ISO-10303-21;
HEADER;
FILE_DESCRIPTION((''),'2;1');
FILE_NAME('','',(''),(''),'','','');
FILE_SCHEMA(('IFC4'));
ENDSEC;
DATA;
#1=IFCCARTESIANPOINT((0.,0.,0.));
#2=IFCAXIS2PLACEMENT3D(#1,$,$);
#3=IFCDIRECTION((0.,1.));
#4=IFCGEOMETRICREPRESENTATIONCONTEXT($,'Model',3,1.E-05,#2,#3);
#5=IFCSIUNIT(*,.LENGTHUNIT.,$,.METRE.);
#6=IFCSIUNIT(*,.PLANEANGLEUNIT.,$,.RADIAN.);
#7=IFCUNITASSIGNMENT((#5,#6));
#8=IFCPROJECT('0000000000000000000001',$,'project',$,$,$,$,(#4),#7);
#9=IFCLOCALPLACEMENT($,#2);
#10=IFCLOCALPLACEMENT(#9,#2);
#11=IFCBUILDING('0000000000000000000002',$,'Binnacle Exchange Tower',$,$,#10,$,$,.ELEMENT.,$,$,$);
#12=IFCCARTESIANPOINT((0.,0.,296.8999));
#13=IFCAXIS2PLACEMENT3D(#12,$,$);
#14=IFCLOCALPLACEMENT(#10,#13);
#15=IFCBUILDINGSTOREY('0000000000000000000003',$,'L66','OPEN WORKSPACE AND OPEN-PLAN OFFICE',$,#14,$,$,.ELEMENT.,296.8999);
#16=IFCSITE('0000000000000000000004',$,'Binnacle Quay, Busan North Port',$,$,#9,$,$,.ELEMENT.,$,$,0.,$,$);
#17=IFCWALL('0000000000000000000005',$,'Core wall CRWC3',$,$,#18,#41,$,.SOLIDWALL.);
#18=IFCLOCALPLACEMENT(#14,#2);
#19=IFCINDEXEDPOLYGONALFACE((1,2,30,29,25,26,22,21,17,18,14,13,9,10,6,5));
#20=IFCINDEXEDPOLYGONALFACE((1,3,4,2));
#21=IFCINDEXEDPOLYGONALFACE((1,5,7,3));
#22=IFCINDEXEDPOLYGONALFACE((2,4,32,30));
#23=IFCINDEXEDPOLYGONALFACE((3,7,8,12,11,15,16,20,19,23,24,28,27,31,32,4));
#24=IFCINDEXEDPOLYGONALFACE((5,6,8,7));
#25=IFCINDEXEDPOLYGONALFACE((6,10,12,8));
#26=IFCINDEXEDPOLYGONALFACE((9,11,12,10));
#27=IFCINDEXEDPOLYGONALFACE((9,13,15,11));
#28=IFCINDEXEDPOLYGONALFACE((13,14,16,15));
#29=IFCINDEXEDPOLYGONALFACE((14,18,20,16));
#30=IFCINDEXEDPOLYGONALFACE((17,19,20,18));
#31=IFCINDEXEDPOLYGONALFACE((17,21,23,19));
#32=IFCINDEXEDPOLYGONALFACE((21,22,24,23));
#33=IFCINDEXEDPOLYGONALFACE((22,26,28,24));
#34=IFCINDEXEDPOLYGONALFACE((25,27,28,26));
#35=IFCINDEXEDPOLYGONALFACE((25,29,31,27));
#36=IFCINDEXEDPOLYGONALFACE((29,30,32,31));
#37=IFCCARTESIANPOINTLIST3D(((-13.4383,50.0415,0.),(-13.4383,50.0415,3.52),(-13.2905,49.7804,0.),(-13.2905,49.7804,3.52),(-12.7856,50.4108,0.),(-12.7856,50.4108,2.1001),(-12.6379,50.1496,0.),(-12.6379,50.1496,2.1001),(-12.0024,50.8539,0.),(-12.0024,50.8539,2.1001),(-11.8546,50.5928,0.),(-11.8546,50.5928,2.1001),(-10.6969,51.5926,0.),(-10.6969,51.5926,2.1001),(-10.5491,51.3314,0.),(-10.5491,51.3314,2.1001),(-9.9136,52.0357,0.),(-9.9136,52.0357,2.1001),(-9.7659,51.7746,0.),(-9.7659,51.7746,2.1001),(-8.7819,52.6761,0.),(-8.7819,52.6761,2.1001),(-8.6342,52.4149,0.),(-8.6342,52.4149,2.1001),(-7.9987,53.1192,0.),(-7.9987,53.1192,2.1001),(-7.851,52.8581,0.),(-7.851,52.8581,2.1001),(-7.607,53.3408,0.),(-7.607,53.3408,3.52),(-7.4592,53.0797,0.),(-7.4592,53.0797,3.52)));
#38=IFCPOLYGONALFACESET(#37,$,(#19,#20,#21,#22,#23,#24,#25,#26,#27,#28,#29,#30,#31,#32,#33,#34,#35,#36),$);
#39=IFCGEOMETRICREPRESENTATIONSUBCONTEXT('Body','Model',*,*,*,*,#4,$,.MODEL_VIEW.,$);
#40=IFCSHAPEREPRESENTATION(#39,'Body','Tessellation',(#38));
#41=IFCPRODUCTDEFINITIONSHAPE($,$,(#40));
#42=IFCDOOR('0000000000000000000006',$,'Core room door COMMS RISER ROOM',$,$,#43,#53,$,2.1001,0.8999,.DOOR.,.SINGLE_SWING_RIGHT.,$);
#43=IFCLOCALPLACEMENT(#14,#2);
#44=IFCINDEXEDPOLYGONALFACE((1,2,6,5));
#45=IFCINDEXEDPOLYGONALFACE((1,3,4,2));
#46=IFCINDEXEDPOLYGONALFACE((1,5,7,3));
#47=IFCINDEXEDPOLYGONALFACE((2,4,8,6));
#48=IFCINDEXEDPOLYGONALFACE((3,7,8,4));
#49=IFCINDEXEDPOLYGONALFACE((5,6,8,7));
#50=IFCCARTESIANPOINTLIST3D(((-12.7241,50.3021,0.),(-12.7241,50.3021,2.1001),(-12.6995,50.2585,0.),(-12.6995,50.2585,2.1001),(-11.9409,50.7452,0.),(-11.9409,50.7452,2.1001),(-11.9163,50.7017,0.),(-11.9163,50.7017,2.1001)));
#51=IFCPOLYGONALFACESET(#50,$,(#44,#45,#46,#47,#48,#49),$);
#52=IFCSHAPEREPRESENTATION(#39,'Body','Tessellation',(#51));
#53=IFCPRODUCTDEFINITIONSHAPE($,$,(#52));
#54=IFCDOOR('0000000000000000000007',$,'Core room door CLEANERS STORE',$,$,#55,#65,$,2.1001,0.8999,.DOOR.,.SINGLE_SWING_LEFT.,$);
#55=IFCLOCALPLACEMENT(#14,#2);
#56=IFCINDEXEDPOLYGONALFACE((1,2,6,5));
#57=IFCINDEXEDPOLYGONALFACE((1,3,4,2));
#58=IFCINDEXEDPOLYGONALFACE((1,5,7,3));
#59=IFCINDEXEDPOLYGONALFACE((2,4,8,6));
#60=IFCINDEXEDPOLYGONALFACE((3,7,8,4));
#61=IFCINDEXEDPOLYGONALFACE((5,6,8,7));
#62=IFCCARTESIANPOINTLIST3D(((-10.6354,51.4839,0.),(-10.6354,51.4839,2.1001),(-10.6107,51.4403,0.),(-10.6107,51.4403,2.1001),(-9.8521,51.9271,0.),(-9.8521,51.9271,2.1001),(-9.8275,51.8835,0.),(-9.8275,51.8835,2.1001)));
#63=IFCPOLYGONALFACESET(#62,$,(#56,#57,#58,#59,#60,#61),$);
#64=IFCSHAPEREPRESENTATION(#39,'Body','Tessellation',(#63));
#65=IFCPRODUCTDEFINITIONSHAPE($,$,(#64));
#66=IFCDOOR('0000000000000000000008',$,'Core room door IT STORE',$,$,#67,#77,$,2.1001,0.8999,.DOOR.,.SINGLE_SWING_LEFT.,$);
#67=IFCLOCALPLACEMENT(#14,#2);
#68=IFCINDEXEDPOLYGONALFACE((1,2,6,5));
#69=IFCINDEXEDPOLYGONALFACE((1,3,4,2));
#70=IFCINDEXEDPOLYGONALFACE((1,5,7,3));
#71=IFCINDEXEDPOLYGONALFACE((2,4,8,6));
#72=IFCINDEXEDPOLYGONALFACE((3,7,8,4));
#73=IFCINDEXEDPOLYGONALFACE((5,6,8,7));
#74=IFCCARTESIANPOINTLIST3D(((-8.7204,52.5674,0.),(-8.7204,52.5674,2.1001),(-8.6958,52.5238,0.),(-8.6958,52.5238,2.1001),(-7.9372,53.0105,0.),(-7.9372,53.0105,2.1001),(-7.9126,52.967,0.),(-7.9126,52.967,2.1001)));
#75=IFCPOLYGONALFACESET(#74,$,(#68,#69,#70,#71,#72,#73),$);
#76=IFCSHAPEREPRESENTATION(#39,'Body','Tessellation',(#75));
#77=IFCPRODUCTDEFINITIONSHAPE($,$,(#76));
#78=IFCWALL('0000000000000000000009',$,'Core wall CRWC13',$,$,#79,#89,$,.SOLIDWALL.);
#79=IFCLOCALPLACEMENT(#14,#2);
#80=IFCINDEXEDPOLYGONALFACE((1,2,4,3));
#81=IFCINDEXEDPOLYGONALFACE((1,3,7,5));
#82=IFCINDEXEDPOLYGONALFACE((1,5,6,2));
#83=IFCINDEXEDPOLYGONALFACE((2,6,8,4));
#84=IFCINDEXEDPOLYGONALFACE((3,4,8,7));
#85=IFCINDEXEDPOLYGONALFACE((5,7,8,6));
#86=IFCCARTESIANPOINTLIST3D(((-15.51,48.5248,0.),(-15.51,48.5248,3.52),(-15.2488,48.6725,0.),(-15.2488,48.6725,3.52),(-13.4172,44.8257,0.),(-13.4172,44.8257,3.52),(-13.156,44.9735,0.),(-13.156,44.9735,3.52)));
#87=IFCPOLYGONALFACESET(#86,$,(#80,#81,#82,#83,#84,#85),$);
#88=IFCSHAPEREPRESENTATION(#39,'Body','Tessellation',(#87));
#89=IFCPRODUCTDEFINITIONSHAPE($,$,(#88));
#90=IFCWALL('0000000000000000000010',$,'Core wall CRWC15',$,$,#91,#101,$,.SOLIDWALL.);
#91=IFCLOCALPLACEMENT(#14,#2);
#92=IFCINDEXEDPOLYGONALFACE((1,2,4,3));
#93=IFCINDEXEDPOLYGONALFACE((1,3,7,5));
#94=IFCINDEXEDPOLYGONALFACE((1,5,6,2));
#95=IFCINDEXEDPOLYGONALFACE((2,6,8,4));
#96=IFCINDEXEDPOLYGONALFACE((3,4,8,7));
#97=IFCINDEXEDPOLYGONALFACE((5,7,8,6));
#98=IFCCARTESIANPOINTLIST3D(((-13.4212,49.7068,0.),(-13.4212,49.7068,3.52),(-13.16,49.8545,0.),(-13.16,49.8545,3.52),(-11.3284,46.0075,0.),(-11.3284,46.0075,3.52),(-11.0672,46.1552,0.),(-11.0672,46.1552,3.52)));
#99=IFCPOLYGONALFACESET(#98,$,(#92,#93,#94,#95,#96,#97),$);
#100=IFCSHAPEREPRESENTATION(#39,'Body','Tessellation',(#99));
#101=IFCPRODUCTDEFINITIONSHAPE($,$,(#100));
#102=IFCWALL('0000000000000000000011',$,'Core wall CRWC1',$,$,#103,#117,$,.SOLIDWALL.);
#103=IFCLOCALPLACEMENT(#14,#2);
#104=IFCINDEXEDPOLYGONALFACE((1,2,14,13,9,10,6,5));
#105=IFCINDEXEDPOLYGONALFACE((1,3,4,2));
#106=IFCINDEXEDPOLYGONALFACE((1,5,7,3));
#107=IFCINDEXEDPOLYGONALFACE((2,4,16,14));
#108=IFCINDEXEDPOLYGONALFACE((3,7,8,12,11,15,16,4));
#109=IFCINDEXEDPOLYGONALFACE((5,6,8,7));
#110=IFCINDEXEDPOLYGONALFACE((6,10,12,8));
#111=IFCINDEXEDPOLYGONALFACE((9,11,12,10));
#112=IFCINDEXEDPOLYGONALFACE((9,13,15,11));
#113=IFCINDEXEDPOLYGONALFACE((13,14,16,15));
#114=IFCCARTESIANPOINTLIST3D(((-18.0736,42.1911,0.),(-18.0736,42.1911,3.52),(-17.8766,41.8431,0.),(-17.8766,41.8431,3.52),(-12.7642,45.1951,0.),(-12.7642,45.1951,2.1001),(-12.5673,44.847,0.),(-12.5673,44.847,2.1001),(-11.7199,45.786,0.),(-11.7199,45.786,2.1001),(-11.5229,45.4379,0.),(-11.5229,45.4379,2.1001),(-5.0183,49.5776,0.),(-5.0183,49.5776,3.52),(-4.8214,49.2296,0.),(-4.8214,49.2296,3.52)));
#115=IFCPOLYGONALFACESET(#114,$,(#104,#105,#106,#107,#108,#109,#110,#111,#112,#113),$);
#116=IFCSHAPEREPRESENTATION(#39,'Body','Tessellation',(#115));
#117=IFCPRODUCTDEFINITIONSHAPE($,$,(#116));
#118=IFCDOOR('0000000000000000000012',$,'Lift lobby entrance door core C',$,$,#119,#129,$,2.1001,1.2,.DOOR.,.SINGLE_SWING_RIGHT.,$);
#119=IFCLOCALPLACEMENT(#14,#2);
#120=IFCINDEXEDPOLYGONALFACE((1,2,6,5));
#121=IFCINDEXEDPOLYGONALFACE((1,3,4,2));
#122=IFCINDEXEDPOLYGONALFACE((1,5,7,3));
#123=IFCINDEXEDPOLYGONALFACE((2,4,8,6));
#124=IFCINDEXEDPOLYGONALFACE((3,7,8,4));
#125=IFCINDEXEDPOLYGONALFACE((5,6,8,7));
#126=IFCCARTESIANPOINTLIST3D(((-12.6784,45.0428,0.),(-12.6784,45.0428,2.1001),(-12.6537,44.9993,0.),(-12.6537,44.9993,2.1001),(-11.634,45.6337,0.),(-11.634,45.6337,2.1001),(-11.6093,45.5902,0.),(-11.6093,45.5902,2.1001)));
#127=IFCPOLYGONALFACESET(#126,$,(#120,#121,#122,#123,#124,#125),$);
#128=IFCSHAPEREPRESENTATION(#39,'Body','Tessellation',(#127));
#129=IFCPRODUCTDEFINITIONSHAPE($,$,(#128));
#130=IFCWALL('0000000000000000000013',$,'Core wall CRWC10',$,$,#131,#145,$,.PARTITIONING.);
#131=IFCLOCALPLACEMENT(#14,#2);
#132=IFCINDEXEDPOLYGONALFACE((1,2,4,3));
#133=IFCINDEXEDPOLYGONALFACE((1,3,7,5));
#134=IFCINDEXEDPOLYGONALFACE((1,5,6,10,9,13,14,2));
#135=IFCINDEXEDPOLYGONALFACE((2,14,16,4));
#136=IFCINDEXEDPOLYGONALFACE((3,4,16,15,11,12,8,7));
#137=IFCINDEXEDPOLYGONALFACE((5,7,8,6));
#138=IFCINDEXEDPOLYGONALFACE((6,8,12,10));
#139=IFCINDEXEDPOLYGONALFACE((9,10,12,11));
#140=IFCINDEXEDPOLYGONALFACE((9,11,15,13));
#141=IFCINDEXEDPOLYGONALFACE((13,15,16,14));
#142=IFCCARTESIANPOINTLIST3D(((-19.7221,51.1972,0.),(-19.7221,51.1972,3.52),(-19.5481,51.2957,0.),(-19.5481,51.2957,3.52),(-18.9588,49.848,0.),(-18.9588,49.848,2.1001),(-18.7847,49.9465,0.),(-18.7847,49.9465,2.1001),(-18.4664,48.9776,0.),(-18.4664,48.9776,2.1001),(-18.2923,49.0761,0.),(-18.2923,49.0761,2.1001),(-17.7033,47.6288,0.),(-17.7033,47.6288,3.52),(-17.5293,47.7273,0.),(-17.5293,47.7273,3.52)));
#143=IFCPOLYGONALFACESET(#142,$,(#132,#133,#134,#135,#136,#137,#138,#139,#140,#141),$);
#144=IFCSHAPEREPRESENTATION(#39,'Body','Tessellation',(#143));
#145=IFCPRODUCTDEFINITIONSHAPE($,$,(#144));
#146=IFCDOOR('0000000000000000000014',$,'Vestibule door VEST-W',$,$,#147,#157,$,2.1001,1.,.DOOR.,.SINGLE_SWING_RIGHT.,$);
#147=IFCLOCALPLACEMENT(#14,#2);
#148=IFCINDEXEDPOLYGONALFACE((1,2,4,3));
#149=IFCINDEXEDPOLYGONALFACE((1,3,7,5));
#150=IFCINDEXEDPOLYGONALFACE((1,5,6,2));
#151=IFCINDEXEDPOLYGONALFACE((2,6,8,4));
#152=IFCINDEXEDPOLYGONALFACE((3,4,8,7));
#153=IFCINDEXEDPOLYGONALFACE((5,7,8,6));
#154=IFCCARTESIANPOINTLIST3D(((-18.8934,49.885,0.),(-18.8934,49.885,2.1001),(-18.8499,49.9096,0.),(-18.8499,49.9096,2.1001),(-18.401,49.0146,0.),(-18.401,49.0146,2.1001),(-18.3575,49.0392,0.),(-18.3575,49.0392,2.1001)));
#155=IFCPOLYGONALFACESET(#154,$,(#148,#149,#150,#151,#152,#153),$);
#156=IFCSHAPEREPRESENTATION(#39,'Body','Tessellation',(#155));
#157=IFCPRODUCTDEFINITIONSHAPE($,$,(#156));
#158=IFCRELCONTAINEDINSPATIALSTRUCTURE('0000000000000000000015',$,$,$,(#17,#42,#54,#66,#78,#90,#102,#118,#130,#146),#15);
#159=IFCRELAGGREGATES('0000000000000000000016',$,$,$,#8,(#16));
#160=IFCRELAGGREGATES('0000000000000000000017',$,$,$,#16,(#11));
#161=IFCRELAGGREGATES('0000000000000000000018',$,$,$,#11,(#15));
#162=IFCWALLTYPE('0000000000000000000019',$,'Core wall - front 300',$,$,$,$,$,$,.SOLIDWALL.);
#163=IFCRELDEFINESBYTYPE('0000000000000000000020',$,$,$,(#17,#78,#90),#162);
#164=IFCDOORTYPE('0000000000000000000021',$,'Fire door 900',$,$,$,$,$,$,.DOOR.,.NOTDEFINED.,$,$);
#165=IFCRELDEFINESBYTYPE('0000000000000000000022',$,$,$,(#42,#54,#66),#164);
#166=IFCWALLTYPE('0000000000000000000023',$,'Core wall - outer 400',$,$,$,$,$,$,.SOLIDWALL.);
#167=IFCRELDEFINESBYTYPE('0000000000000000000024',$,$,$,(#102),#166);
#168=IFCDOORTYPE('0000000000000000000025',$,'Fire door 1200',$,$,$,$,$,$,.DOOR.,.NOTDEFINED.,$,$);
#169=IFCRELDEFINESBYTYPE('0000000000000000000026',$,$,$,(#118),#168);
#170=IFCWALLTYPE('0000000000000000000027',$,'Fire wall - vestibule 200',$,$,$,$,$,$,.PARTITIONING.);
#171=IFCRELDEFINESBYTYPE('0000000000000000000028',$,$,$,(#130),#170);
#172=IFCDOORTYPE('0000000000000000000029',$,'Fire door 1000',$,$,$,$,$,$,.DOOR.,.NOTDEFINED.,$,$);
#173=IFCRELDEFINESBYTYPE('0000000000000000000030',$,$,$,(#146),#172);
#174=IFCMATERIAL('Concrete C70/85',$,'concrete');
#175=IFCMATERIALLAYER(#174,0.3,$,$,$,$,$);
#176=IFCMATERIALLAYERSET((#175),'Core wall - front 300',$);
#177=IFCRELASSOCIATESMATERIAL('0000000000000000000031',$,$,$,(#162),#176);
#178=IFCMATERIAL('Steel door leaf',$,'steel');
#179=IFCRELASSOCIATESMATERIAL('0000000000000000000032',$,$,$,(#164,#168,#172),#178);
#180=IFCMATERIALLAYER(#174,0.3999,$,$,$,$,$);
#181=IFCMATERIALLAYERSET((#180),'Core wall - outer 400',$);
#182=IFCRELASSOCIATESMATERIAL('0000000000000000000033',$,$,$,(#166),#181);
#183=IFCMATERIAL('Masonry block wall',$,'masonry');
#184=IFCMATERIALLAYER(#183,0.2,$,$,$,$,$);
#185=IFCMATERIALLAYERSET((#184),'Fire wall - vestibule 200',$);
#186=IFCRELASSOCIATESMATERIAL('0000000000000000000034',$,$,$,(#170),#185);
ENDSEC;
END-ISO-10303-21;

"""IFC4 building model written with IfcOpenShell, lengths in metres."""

from ifc_helpers import new_model, si_unit, direction, frame, frame_2d, origin, place, context, subcontext, project, spatial, rectangle, extrude, material, layer, layer_set, type_object, element, fill, save


model = new_model("IFC4")

# Units and contexts
model_context = context("Model", 3, precision=1e-05, world=origin(), true_north=direction((0.0, 1.0)))
body_context = subcontext(model_context, "Body", "Model", "MODEL_VIEW")
ifc_project = project(units=[si_unit("LENGTHUNIT", "METRE"), si_unit("PLANEANGLEUNIT", "RADIAN")], contexts=[model_context])

# Site, building, storey
site_placement = place(None, origin())
site = spatial("IfcSite", under=ifc_project, at=site_placement, Name="Binnacle Quay, Busan North Port", CompositionType="ELEMENT", RefElevation=0.0)
building_placement = place(site_placement, origin())
building = spatial("IfcBuilding", under=site, at=building_placement, Name="Binnacle Exchange Tower", CompositionType="ELEMENT")
storey_placement = place(building_placement, frame((0.0, 0.0, 296.8999)))
storey = spatial("IfcBuildingStorey", under=building, at=storey_placement, Name="L66", Description="OPEN WORKSPACE AND OPEN-PLAN OFFICE", CompositionType="ELEMENT", Elevation=296.8999)

# Wall, openings, doors
ifc_material_1 = material(Name="Concrete C70/85", Category="concrete")
ifc_layer_1 = layer(ifc_material_1, 0.3)
ifc_layer_set_1 = layer_set([ifc_layer_1], Name="Core wall - front 300")
wall_type_1 = type_object("IfcWallType", Name="Core wall - front 300", PredefinedType="SOLIDWALL", material=ifc_layer_set_1)
wall_1_placement = place(storey_placement, frame((-13.3645, 49.9109, 0.0), z_axis=(0.0, 0.0, 1.0), x_axis=(0.870348, 0.492438, 0.0)))
wall_1 = element("IfcWall", 1, at=wall_1_placement, inside=storey, type_object=wall_type_1, Name="Core wall CRWC3", PredefinedType="SOLIDWALL", context=body_context, shape_type="SweptSolid", body=[
    extrude(rectangle(XDim=6.7, YDim=0.3, at=frame_2d((3.3501, 0.0))), origin(), (0.0, 0.0, 1.0), 3.52),
])
opening_1_placement = place(wall_1_placement, frame((0.75, 0.0, 0.0)))
opening_1 = element("IfcOpeningElement", 2, at=opening_1_placement, cuts=wall_1, PredefinedType="OPENING", context=body_context, shape_type="SweptSolid", body=[
    extrude(rectangle(XDim=0.8999, YDim=2.1001, at=frame_2d((0.45, 1.05))), frame((0.0, 0.1599, 0.0), z_axis=(0.0, -1.0, 0.0), x_axis=(1.0, 0.0, 0.0)), (0.0, 0.0, 1.0), 0.3201),
])
opening_2_placement = place(wall_1_placement, frame((3.1499, 0.0, 0.0)))
opening_2 = element("IfcOpeningElement", 3, at=opening_2_placement, cuts=wall_1, PredefinedType="OPENING", context=body_context, shape_type="SweptSolid", body=[
    extrude(rectangle(XDim=0.8999, YDim=2.1001, at=frame_2d((0.45, 1.05))), frame((0.0, 0.1599, 0.0), z_axis=(0.0, -1.0, 0.0), x_axis=(1.0, 0.0, 0.0)), (0.0, 0.0, 1.0), 0.3201),
])
opening_3_placement = place(wall_1_placement, frame((5.3501, 0.0, 0.0)))
opening_3 = element("IfcOpeningElement", 4, at=opening_3_placement, cuts=wall_1, PredefinedType="OPENING", context=body_context, shape_type="SweptSolid", body=[
    extrude(rectangle(XDim=0.8999, YDim=2.1001, at=frame_2d((0.45, 1.05))), frame((0.0, 0.1599, 0.0), z_axis=(0.0, -1.0, 0.0), x_axis=(1.0, 0.0, 0.0)), (0.0, 0.0, 1.0), 0.3201),
])
ifc_material_2 = material(Name="Steel door leaf", Category="steel")
door_type_1 = type_object("IfcDoorType", Name="Fire door 900", OperationType="NOTDEFINED", PredefinedType="DOOR", material=ifc_material_2)
door_1_placement = place(opening_1_placement, frame((0.8999, 0.0, 0.0), z_axis=(0.0, 0.0, 1.0), x_axis=(-1.0, 0.0, 0.0)))
door_1 = element("IfcDoor", 5, at=door_1_placement, inside=storey, type_object=door_type_1, Name="Core room door COMMS RISER ROOM", OperationType="SINGLE_SWING_RIGHT", OverallHeight=2.1001, OverallWidth=0.8999, PredefinedType="DOOR", context=body_context, shape_type="SweptSolid", body=[
    extrude(rectangle(XDim=0.8999, YDim=2.1001, at=frame_2d((0.45, 1.05))), frame((0.0, 0.0249, 0.0), z_axis=(0.0, -1.0, 0.0), x_axis=(1.0, 0.0, 0.0)), (0.0, 0.0, 1.0), 0.05),
])
fill(opening_1, door_1)
door_2_placement = place(opening_2_placement, frame((0.8999, 0.0, 0.0), z_axis=(0.0, 0.0, 1.0), x_axis=(-1.0, 0.0, 0.0)))
door_2 = element("IfcDoor", 6, at=door_2_placement, inside=storey, type_object=door_type_1, Name="Core room door CLEANERS STORE", OperationType="SINGLE_SWING_LEFT", OverallHeight=2.1001, OverallWidth=0.8999, PredefinedType="DOOR", context=body_context, shape_type="SweptSolid", body=[
    extrude(rectangle(XDim=0.8999, YDim=2.1001, at=frame_2d((0.45, 1.05))), frame((0.0, 0.0249, 0.0), z_axis=(0.0, -1.0, 0.0), x_axis=(1.0, 0.0, 0.0)), (0.0, 0.0, 1.0), 0.05),
])
fill(opening_2, door_2)
door_3_placement = place(opening_3_placement, frame((0.8999, 0.0, 0.0), z_axis=(0.0, 0.0, 1.0), x_axis=(-1.0, 0.0, 0.0)))
door_3 = element("IfcDoor", 7, at=door_3_placement, inside=storey, type_object=door_type_1, Name="Core room door IT STORE", OperationType="SINGLE_SWING_LEFT", OverallHeight=2.1001, OverallWidth=0.8999, PredefinedType="DOOR", context=body_context, shape_type="SweptSolid", body=[
    extrude(rectangle(XDim=0.8999, YDim=2.1001, at=frame_2d((0.45, 1.05))), frame((0.0, 0.0249, 0.0), z_axis=(0.0, -1.0, 0.0), x_axis=(1.0, 0.0, 0.0)), (0.0, 0.0, 1.0), 0.05),
])
fill(opening_3, door_3)

# Walls
wall_2_placement = place(storey_placement, frame((-15.3794, 48.5986, 0.0), z_axis=(0.0, 0.0, 1.0), x_axis=(0.492423, -0.870356, 0.0)))
element("IfcWall", 8, at=wall_2_placement, inside=storey, type_object=wall_type_1, Name="Core wall CRWC13", PredefinedType="SOLIDWALL", context=body_context, shape_type="SweptSolid", body=[
    extrude(rectangle(XDim=4.25, YDim=0.3, at=frame_2d((2.125, 0.0))), origin(), (0.0, 0.0, 1.0), 3.52),
])
wall_3_placement = place(storey_placement, frame((-13.2905, 49.7805, 0.0), z_axis=(0.0, 0.0, 1.0), x_axis=(0.492398, -0.87037, 0.0)))
element("IfcWall", 9, at=wall_3_placement, inside=storey, type_object=wall_type_1, Name="Core wall CRWC15", PredefinedType="SOLIDWALL", context=body_context, shape_type="SweptSolid", body=[
    extrude(rectangle(XDim=4.2502, YDim=0.3, at=frame_2d((2.125, 0.0))), origin(), (0.0, 0.0, 1.0), 3.52),
])

# Walls, openings, doors
ifc_layer_2 = layer(ifc_material_1, 0.3999)
ifc_layer_set_2 = layer_set([ifc_layer_2], Name="Core wall - outer 400")
wall_type_2 = type_object("IfcWallType", Name="Core wall - outer 400", PredefinedType="SOLIDWALL", material=ifc_layer_set_2)
wall_4_placement = place(storey_placement, frame((-17.9751, 42.0171, 0.0), z_axis=(0.0, 0.0, 1.0), x_axis=(0.87035, 0.492434, 0.0)))
wall_4 = element("IfcWall", 10, at=wall_4_placement, inside=storey, type_object=wall_type_2, Name="Core wall CRWC1", PredefinedType="SOLIDWALL", context=body_context, shape_type="SweptSolid", body=[
    extrude(rectangle(XDim=15.0, YDim=0.3999, at=frame_2d((7.5, 0.0))), origin(), (0.0, 0.0, 1.0), 3.52),
])
opening_4_placement = place(wall_4_placement, frame((6.1001, 0.0, 0.0)))
opening_4 = element("IfcOpeningElement", 11, at=opening_4_placement, cuts=wall_4, PredefinedType="OPENING", context=body_context, shape_type="SweptSolid", body=[
    extrude(rectangle(XDim=1.2, YDim=2.1001, at=frame_2d((0.6001, 1.05))), frame((0.0, 0.21, 0.0), z_axis=(0.0, -1.0, 0.0), x_axis=(1.0, 0.0, 0.0)), (0.0, 0.0, 1.0), 0.4199),
])
door_type_2 = type_object("IfcDoorType", Name="Fire door 1200", OperationType="NOTDEFINED", PredefinedType="DOOR", material=ifc_material_2)
door_4_placement = place(opening_4_placement, frame((1.2, 0.0, 0.0), z_axis=(0.0, 0.0, 1.0), x_axis=(-1.0, 0.0, 0.0)))
door_4 = element("IfcDoor", 12, at=door_4_placement, inside=storey, type_object=door_type_2, Name="Lift lobby entrance door core C", OperationType="SINGLE_SWING_RIGHT", OverallHeight=2.1001, OverallWidth=1.2, PredefinedType="DOOR", context=body_context, shape_type="SweptSolid", body=[
    extrude(rectangle(XDim=1.2, YDim=2.1001, at=frame_2d((0.6001, 1.05))), frame((0.0, 0.0249, 0.0), z_axis=(0.0, -1.0, 0.0), x_axis=(1.0, 0.0, 0.0)), (0.0, 0.0, 1.0), 0.05),
])
fill(opening_4, door_4)
ifc_material_3 = material(Name="Masonry block wall", Category="masonry")
ifc_layer_3 = layer(ifc_material_3, 0.2)
ifc_layer_set_3 = layer_set([ifc_layer_3], Name="Fire wall - vestibule 200")
wall_type_3 = type_object("IfcWallType", Name="Fire wall - vestibule 200", PredefinedType="PARTITIONING", material=ifc_layer_set_3)
wall_5_placement = place(storey_placement, frame((-19.635, 51.2463, 0.0), z_axis=(0.0, 0.0, 1.0), x_axis=(0.492408, -0.870364, 0.0)))
wall_5 = element("IfcWall", 13, at=wall_5_placement, inside=storey, type_object=wall_type_3, Name="Core wall CRWC10", PredefinedType="PARTITIONING", context=body_context, shape_type="SweptSolid", body=[
    extrude(rectangle(XDim=4.0999, YDim=0.2, at=frame_2d((2.0498, 0.0))), origin(), (0.0, 0.0, 1.0), 3.52),
])
opening_5_placement = place(wall_5_placement, frame((1.55, 0.0, 0.0)))
opening_5 = element("IfcOpeningElement", 14, at=opening_5_placement, cuts=wall_5, PredefinedType="OPENING", context=body_context, shape_type="SweptSolid", body=[
    extrude(rectangle(XDim=1.0, YDim=2.1001, at=frame_2d((0.5, 1.05))), frame((0.0, 0.1099, 0.0), z_axis=(0.0, -1.0, 0.0), x_axis=(1.0, 0.0, 0.0)), (0.0, 0.0, 1.0), 0.22),
])
door_type_3 = type_object("IfcDoorType", Name="Fire door 1000", OperationType="NOTDEFINED", PredefinedType="DOOR", material=ifc_material_2)
door_5_placement = place(opening_5_placement, frame((1.0, 0.0, 0.0), z_axis=(0.0, 0.0, 1.0), x_axis=(-1.0, 0.0, 0.0)))
door_5 = element("IfcDoor", 15, at=door_5_placement, inside=storey, type_object=door_type_3, Name="Vestibule door VEST-W", OperationType="SINGLE_SWING_RIGHT", OverallHeight=2.1001, OverallWidth=1.0, PredefinedType="DOOR", context=body_context, shape_type="SweptSolid", body=[
    extrude(rectangle(XDim=1.0, YDim=2.1001, at=frame_2d((0.5, 1.05))), frame((0.0, 0.0249, 0.0), z_axis=(0.0, -1.0, 0.0), x_axis=(1.0, 0.0, 0.0)), (0.0, 0.0, 1.0), 0.05),
])
fill(opening_5, door_5)

save(model, "model.ifc")
